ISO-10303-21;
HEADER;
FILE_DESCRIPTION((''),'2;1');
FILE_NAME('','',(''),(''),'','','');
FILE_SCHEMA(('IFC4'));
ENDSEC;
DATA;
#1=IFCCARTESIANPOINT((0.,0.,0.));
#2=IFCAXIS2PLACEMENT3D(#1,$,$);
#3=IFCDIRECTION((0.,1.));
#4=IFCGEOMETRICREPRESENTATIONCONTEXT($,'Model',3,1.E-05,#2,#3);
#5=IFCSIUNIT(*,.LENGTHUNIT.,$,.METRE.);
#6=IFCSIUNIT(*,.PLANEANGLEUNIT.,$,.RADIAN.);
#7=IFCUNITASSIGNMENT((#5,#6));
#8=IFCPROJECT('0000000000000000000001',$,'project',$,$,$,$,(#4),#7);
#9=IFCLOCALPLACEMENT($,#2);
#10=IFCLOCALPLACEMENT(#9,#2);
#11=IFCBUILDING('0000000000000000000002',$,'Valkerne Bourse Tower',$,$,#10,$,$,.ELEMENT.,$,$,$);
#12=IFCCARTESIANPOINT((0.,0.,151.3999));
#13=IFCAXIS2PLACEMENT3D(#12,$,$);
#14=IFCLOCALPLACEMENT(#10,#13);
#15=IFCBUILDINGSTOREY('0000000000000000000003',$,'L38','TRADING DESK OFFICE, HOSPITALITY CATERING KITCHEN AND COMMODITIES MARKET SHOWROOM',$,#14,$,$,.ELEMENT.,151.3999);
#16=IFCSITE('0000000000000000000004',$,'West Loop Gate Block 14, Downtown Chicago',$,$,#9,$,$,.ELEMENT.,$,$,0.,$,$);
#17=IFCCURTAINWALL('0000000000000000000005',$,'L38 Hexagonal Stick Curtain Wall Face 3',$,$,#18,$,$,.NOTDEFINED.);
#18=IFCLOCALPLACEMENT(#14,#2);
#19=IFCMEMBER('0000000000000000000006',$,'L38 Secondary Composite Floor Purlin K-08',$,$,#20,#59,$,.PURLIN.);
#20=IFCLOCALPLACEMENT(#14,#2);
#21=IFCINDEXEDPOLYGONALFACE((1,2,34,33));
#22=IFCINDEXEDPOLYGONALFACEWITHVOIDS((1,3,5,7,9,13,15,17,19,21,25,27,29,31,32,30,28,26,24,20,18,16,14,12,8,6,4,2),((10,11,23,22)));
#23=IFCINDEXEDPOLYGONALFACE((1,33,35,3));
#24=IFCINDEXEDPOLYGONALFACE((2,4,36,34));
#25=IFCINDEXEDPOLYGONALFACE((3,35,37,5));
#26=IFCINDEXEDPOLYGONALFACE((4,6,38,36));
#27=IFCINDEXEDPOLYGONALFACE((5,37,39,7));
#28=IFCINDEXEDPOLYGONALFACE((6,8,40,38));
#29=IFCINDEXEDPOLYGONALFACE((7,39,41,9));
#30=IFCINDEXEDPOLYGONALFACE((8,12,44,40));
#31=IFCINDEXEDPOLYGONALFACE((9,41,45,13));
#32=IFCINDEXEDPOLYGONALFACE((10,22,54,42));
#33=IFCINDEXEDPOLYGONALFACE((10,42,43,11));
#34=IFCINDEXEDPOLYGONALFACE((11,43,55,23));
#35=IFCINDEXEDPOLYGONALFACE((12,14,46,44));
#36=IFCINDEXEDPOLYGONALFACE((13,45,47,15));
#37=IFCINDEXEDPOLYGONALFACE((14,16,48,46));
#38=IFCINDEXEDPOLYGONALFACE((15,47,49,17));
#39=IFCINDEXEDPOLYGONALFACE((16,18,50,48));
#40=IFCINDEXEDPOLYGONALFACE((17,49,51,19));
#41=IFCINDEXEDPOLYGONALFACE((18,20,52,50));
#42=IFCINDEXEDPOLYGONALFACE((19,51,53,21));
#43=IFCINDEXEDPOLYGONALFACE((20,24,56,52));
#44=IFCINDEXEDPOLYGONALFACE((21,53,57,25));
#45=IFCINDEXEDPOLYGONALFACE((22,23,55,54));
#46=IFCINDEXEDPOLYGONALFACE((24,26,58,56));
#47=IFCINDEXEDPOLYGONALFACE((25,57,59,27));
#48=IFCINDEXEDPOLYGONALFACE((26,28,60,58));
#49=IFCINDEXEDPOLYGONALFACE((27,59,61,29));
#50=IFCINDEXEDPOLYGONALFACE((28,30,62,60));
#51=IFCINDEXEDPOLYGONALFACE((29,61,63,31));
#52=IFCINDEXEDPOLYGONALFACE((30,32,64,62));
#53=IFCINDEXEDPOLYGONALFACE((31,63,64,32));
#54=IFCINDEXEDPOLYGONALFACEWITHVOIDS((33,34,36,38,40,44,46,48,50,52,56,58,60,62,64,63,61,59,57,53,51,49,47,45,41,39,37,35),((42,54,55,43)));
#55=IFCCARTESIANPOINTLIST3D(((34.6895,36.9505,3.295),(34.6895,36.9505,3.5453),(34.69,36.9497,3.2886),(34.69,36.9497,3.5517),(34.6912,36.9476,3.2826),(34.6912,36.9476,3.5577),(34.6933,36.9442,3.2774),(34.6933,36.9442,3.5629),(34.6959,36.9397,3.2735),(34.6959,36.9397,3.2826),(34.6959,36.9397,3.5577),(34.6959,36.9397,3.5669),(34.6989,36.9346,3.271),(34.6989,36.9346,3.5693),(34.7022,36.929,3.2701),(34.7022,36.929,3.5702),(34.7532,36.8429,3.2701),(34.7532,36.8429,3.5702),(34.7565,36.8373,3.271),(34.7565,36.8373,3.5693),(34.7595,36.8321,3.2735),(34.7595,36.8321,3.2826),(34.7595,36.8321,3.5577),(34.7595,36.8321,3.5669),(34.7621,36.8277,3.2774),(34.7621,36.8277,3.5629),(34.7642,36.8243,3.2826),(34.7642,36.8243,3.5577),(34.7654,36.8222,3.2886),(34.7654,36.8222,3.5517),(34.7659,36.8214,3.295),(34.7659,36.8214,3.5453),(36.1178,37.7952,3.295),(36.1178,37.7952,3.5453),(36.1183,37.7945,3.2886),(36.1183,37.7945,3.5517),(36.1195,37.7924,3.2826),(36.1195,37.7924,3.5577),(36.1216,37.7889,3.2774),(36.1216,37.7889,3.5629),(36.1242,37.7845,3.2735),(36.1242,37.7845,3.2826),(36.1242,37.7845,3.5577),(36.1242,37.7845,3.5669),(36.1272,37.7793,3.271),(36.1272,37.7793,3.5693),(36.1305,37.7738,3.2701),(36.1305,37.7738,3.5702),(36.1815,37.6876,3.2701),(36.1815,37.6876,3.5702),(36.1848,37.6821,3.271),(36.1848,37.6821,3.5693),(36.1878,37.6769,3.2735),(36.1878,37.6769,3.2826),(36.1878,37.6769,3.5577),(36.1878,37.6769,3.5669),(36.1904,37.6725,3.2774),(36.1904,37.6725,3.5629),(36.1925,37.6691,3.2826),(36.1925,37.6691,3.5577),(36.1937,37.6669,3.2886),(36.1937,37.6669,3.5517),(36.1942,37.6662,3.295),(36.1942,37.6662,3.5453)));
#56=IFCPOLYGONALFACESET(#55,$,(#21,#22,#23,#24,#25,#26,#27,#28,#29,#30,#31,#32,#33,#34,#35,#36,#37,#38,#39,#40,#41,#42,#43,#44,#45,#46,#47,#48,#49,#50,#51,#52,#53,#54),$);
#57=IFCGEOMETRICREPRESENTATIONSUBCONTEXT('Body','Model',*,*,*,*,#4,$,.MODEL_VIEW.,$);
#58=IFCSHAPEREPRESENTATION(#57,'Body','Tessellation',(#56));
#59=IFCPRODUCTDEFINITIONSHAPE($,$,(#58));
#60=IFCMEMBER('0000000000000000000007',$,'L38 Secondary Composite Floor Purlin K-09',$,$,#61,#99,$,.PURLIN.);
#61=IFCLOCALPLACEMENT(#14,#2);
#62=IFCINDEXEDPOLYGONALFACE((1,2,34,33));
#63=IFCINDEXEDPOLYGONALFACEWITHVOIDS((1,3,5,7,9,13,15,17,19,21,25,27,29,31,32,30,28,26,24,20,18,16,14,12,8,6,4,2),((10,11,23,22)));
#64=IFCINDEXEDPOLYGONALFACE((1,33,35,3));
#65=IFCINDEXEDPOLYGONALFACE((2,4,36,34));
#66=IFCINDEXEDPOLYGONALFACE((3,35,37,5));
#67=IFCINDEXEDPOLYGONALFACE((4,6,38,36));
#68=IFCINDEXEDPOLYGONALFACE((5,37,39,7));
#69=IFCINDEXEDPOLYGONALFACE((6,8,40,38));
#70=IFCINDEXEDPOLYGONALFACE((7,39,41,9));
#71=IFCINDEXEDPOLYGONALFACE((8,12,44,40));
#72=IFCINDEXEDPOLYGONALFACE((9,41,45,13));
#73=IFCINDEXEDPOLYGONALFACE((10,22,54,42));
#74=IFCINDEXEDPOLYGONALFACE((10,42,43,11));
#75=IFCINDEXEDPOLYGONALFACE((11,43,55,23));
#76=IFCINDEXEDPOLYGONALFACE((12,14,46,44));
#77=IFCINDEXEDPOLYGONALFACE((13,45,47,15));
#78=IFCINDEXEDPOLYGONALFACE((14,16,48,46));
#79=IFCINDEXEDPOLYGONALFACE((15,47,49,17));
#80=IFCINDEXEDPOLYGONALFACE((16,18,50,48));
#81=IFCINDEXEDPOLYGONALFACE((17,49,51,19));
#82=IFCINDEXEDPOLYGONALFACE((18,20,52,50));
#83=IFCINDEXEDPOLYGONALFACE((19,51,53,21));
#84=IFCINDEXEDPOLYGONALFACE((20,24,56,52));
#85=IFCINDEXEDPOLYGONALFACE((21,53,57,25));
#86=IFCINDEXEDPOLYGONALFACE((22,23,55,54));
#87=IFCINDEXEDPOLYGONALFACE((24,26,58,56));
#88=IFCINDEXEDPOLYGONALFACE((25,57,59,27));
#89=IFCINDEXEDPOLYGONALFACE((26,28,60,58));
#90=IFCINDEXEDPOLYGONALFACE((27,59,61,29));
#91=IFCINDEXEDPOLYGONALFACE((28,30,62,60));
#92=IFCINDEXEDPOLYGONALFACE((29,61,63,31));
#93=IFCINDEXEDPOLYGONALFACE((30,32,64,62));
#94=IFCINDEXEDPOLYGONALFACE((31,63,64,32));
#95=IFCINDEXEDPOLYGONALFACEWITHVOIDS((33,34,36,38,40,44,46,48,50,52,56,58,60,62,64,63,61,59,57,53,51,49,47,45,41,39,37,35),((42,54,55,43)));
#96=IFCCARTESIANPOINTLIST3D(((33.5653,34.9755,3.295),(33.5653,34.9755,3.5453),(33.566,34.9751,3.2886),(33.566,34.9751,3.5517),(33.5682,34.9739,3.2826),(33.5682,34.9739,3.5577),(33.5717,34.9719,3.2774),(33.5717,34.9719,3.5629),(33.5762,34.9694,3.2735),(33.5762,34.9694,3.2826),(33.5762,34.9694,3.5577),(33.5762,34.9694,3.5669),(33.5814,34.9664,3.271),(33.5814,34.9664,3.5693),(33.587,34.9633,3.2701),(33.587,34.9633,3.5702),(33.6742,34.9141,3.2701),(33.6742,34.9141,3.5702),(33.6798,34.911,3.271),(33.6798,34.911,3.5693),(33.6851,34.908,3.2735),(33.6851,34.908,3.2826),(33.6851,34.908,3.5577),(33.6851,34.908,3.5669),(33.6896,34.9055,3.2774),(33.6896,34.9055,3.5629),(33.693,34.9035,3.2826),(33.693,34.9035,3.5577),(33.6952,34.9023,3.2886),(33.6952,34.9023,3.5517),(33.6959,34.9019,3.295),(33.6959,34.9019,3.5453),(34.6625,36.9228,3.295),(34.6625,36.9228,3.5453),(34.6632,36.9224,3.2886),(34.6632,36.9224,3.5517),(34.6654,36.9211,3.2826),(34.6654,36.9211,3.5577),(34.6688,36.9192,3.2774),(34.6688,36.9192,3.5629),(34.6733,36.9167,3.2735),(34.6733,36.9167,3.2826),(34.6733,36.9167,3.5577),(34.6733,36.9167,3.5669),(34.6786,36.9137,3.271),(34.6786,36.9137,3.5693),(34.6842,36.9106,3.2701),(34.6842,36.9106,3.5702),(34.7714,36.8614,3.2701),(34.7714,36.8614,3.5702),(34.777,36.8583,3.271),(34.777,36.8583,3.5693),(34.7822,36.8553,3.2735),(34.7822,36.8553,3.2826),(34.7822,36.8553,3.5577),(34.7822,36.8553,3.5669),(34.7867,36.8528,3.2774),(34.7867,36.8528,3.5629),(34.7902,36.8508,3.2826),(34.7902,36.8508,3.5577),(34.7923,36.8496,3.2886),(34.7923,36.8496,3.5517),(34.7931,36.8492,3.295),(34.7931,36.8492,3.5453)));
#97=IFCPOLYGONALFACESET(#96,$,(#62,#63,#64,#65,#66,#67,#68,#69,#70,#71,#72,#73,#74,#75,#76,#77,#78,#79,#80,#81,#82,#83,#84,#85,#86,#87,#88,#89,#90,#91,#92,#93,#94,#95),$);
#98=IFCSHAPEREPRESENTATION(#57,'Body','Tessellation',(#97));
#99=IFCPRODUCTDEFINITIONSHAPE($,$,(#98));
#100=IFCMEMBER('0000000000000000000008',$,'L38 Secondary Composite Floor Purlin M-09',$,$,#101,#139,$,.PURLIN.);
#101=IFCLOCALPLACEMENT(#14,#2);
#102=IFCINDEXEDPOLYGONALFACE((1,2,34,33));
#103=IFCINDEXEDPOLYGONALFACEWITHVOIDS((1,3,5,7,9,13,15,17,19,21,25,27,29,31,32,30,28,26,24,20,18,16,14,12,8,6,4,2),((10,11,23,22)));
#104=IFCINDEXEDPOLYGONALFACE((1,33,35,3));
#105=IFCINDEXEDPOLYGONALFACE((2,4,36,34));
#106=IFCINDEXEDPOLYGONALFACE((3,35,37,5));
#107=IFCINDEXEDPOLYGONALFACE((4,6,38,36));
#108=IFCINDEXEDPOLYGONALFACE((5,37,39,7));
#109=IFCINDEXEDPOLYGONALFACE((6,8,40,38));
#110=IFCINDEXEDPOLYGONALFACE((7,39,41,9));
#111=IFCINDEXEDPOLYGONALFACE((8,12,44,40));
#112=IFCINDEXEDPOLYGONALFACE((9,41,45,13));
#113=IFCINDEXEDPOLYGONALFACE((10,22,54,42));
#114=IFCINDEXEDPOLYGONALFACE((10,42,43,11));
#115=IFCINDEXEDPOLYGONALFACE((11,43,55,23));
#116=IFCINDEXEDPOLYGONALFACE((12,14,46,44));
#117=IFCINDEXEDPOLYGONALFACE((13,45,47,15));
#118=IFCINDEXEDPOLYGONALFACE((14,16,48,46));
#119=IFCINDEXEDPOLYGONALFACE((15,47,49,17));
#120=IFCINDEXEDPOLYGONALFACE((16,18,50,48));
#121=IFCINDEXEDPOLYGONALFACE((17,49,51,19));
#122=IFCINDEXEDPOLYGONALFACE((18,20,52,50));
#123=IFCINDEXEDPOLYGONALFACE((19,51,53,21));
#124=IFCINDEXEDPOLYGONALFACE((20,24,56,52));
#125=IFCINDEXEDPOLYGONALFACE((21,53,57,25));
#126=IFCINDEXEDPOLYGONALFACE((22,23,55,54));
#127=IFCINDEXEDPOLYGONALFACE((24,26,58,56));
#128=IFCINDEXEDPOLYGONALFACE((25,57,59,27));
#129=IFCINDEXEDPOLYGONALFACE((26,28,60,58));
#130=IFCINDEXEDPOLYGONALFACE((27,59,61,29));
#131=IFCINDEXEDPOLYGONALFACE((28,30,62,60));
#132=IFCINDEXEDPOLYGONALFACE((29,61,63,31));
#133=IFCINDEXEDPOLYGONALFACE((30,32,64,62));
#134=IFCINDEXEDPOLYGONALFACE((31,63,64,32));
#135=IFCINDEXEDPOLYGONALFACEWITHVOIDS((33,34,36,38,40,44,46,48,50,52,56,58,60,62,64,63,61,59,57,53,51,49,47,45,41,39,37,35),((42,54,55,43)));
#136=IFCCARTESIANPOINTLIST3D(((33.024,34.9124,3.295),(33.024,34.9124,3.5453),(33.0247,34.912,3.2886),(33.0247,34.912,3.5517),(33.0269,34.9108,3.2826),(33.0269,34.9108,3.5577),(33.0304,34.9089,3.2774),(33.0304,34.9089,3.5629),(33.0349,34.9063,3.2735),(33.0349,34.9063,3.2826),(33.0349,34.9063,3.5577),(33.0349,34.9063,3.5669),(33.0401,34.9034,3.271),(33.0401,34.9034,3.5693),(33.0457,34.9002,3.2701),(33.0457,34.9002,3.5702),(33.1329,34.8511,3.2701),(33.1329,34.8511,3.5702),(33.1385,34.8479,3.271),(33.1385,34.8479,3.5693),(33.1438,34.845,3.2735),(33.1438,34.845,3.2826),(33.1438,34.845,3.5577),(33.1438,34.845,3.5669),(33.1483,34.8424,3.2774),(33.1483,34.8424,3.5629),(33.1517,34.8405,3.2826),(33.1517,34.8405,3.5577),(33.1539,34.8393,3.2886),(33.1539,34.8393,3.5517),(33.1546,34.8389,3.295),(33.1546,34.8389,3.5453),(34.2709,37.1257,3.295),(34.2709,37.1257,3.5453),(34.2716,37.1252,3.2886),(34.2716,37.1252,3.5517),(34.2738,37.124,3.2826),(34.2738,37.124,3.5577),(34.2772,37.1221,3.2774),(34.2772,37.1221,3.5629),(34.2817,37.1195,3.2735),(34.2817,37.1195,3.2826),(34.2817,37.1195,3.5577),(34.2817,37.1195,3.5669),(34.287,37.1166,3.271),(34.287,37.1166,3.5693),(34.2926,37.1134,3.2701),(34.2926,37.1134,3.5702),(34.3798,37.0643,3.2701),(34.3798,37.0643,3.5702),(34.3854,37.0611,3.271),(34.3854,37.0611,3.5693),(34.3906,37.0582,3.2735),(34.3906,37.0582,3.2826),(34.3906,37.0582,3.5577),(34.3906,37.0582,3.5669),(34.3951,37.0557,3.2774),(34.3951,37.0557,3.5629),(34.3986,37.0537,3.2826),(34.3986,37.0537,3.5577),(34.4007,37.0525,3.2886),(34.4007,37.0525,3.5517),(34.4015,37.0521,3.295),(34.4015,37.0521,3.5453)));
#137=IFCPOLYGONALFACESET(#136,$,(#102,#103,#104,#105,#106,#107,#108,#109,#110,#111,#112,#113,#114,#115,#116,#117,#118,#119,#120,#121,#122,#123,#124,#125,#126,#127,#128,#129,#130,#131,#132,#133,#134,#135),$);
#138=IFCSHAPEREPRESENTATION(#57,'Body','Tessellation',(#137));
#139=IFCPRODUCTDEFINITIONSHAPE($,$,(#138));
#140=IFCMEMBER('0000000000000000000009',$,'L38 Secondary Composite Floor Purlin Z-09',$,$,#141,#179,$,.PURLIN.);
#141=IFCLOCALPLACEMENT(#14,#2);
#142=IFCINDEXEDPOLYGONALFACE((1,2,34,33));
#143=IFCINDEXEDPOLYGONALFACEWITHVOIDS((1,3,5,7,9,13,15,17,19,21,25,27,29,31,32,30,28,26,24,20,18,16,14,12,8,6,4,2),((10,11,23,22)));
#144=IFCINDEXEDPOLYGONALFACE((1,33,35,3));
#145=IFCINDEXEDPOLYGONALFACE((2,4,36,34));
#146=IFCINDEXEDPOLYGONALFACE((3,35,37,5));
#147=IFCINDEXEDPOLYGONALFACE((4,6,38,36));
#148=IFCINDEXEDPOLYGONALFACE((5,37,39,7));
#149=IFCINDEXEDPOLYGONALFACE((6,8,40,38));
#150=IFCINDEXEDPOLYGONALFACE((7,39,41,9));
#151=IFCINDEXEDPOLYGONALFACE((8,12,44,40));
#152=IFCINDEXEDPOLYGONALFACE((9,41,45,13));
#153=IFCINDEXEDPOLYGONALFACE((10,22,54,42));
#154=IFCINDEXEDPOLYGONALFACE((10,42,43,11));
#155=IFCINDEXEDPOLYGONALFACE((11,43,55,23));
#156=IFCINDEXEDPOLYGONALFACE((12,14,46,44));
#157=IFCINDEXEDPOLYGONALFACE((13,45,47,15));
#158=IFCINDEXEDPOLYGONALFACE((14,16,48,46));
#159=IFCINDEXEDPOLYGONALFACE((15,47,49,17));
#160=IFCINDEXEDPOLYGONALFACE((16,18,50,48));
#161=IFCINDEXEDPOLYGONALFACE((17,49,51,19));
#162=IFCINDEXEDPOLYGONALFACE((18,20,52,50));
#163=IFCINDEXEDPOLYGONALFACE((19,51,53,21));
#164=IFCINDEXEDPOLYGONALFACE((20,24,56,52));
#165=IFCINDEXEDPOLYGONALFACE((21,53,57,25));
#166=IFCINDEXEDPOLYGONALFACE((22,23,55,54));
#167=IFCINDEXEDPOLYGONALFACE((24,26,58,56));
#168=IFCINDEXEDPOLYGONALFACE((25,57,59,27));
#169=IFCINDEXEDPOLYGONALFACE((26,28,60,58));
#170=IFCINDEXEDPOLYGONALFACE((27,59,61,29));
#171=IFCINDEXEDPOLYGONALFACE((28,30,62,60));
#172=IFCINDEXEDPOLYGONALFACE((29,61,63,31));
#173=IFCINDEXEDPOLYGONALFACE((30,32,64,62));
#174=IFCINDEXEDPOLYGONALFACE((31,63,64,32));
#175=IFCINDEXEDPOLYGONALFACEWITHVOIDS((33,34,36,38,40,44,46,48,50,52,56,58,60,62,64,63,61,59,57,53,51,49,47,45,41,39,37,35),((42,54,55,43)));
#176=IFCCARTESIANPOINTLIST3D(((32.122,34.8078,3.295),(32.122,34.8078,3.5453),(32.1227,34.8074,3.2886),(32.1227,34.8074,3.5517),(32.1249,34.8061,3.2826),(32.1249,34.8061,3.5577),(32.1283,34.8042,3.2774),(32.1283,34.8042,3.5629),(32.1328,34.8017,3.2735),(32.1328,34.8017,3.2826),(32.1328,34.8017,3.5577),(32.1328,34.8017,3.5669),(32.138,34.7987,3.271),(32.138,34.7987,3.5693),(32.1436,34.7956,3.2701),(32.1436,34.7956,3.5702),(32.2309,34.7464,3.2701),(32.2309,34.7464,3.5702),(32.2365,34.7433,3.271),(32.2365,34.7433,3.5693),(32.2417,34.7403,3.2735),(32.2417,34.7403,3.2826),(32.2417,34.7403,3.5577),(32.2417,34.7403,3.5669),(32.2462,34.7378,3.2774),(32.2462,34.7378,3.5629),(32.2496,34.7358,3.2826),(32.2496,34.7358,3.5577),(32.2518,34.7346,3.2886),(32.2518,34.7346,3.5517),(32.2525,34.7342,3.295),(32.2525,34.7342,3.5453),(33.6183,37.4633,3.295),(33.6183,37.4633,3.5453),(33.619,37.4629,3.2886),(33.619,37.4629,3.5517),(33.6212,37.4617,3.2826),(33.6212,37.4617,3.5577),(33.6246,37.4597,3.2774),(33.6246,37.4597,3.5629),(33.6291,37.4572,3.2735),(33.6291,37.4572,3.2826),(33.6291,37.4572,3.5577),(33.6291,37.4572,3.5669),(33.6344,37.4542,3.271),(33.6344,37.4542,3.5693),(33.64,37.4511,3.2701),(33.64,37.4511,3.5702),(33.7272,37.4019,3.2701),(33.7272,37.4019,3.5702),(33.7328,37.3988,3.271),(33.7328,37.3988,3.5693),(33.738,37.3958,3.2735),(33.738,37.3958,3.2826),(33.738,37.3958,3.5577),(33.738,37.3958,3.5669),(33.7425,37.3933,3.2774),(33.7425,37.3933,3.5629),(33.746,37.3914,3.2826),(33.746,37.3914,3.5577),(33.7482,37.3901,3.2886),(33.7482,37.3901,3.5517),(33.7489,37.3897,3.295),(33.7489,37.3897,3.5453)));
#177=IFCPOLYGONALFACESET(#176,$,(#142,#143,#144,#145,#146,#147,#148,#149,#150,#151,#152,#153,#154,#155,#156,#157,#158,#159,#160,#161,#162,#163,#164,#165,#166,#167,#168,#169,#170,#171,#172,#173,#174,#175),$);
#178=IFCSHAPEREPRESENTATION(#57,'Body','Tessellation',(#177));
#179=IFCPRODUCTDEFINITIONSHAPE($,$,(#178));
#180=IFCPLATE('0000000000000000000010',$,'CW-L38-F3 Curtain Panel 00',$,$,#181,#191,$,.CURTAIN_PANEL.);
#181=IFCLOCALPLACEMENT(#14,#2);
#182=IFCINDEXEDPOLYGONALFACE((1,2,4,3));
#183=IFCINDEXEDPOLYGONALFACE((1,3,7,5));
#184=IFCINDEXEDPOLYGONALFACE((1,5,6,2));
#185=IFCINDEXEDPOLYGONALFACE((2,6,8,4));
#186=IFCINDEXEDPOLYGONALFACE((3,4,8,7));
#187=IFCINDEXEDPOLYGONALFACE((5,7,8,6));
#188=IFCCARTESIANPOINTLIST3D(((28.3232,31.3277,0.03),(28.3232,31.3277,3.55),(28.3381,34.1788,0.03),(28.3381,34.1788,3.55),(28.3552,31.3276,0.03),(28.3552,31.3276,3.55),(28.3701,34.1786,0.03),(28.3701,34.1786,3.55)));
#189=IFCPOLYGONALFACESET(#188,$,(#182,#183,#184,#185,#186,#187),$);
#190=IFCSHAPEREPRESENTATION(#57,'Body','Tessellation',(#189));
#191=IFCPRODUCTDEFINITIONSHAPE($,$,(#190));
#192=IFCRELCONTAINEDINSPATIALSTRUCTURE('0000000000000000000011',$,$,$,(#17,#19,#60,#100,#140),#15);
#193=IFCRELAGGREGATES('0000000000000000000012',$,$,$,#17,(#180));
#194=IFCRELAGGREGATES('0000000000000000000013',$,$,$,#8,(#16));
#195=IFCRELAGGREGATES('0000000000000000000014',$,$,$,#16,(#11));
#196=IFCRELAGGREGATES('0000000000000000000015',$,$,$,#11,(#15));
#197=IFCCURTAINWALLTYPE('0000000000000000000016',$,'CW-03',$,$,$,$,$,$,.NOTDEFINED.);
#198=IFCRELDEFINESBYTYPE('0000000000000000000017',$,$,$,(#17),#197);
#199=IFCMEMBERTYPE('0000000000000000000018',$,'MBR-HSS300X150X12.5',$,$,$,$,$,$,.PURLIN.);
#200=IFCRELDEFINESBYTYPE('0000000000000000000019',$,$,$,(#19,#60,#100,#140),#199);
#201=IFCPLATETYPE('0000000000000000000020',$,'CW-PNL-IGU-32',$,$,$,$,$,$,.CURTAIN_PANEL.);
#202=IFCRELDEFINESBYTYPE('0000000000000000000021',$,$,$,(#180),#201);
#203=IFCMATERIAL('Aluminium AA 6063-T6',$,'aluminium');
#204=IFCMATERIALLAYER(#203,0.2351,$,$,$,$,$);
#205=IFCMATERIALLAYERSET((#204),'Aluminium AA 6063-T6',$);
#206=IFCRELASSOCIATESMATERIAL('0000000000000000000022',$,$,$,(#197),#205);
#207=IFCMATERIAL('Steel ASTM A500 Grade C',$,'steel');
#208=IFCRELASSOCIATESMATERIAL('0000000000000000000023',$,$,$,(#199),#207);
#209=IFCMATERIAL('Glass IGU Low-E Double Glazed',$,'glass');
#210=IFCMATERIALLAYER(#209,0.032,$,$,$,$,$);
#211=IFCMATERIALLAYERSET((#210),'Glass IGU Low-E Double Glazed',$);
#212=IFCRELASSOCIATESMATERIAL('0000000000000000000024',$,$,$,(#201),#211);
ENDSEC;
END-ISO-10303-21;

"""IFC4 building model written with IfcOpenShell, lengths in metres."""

from ifc_helpers import new_model, si_unit, direction, frame, origin, origin_2d, place, context, subcontext, project, spatial, rectangle, hollow_rectangle, extrude, material, layer, layer_set, material_profile, profile_set, type_object, element, aggregate, save


model = new_model("IFC4")

# Units and contexts
model_context = context("Model", 3, precision=1e-05, world=origin(), true_north=direction((0.0, 1.0)))
body_context = subcontext(model_context, "Body", "Model", "MODEL_VIEW")
ifc_project = project(units=[si_unit("LENGTHUNIT", "METRE"), si_unit("PLANEANGLEUNIT", "RADIAN")], contexts=[model_context])

# Site, building, storey
site_placement = place(None, origin())
site = spatial("IfcSite", under=ifc_project, at=site_placement, Name="West Loop Gate Block 14, Downtown Chicago", CompositionType="ELEMENT", RefElevation=0.0)
building_placement = place(site_placement, origin())
building = spatial("IfcBuilding", under=site, at=building_placement, Name="Valkerne Bourse Tower", CompositionType="ELEMENT")
storey_placement = place(building_placement, frame((0.0, 0.0, 151.3999)))
storey = spatial("IfcBuildingStorey", under=building, at=storey_placement, Name="L38", Description="TRADING DESK OFFICE, HOSPITALITY CATERING KITCHEN AND COMMODITIES MARKET SHOWROOM", CompositionType="ELEMENT", Elevation=151.3999)

# Curtain wall
ifc_material_1 = material(Name="Aluminium AA 6063-T6", Category="aluminium")
ifc_layer_1 = layer(ifc_material_1, 0.2351)
ifc_layer_set_1 = layer_set([ifc_layer_1], Name="Aluminium AA 6063-T6")
curtain_wall_type = type_object("IfcCurtainWallType", Name="CW-03", PredefinedType="NOTDEFINED", material=ifc_layer_set_1)
curtain_wall_placement = place(storey_placement, origin())
curtain_wall = element("IfcCurtainWall", 1, at=curtain_wall_placement, inside=storey, type_object=curtain_wall_type, Name="L38 Hexagonal Stick Curtain Wall Face 3", PredefinedType="NOTDEFINED")

# Members
ifc_material_2 = material(Name="Steel ASTM A500 Grade C", Category="steel")
ifc_material_profile_1 = material_profile(ifc_material_2, hollow_rectangle(XDim=0.1499, YDim=0.3, WallThickness=0.0125, OuterFilletRadius=0.0249, at=origin_2d()), Name="HSS300X150X12.5")
ifc_profile_set_1 = profile_set([ifc_material_profile_1], Name="Steel ASTM A500 Grade C")
member_type_1 = type_object("IfcMemberType", Name="MBR-HSS300X150X12.5", PredefinedType="PURLIN", material=ifc_profile_set_1)
member_1_placement = place(storey_placement, frame((36.156, 37.7307, 3.4202), z_axis=(-0.860721, -0.509076, 0.0), x_axis=(0.509076, -0.860721, 0.0)))
element("IfcMember", 2, at=member_1_placement, inside=storey, type_object=member_type_1, Name="L38 Secondary Composite Floor Purlin K-08", PredefinedType="PURLIN", context=body_context, shape_type="SweptSolid", body=[
    extrude(hollow_rectangle(XDim=0.1499, YDim=0.3, WallThickness=0.0125, OuterFilletRadius=0.0249, at=origin_2d()), origin(), (0.0, 0.0, 1.0), 1.6594),
])
member_2_placement = place(storey_placement, frame((34.7278, 36.886, 3.4202), z_axis=(-0.490883, -0.871225, 0.0), x_axis=(0.871225, -0.490883, 0.0)))
element("IfcMember", 3, at=member_2_placement, inside=storey, type_object=member_type_1, Name="L38 Secondary Composite Floor Purlin K-09", PredefinedType="PURLIN", context=body_context, shape_type="SweptSolid", body=[
    extrude(hollow_rectangle(XDim=0.1499, YDim=0.3, WallThickness=0.0125, OuterFilletRadius=0.0249, at=origin_2d()), origin(), (0.0, 0.0, 1.0), 2.2351),
])
member_3_placement = place(storey_placement, frame((34.3362, 37.0889, 3.4202), z_axis=(-0.490841, -0.871249, 0.0), x_axis=(0.871249, -0.490841, 0.0)))
element("IfcMember", 4, at=member_3_placement, inside=storey, type_object=member_type_1, Name="L38 Secondary Composite Floor Purlin M-09", PredefinedType="PURLIN", context=body_context, shape_type="SweptSolid", body=[
    extrude(hollow_rectangle(XDim=0.1499, YDim=0.3, WallThickness=0.0125, OuterFilletRadius=0.0249, at=origin_2d()), origin(), (0.0, 0.0, 1.0), 2.5403),
])
member_4_placement = place(storey_placement, frame((33.6836, 37.4265, 3.4202), z_axis=(-0.490911, -0.87121, 0.0), x_axis=(0.87121, -0.490911, 0.0)))
element("IfcMember", 5, at=member_4_placement, inside=storey, type_object=member_type_1, Name="L38 Secondary Composite Floor Purlin Z-09", PredefinedType="PURLIN", context=body_context, shape_type="SweptSolid", body=[
    extrude(hollow_rectangle(XDim=0.1499, YDim=0.3, WallThickness=0.0125, OuterFilletRadius=0.0249, at=origin_2d()), origin(), (0.0, 0.0, 1.0), 3.0481),
])

# Plate
ifc_material_3 = material(Name="Glass IGU Low-E Double Glazed", Category="glass")
ifc_layer_2 = layer(ifc_material_3, 0.032)
ifc_layer_set_2 = layer_set([ifc_layer_2], Name="Glass IGU Low-E Double Glazed")
plate_type = type_object("IfcPlateType", Name="CW-PNL-IGU-32", PredefinedType="CURTAIN_PANEL", material=ifc_layer_set_2)
plate_placement = place(storey_placement, frame((28.3467, 32.7532, 0.03), z_axis=(0.0, 0.0, 1.0), x_axis=(-0.005224, -0.999986, 0.0)))
plate = element("IfcPlate", 6, at=plate_placement, type_object=plate_type, Name="CW-L38-F3 Curtain Panel 00", PredefinedType="CURTAIN_PANEL", context=body_context, shape_type="SweptSolid", body=[
    extrude(rectangle(XDim=2.8511, YDim=0.032, at=origin_2d()), origin(), (0.0, 0.0, 1.0), 3.52),
])
aggregate(curtain_wall, [plate])

save(model, "model.ifc")
